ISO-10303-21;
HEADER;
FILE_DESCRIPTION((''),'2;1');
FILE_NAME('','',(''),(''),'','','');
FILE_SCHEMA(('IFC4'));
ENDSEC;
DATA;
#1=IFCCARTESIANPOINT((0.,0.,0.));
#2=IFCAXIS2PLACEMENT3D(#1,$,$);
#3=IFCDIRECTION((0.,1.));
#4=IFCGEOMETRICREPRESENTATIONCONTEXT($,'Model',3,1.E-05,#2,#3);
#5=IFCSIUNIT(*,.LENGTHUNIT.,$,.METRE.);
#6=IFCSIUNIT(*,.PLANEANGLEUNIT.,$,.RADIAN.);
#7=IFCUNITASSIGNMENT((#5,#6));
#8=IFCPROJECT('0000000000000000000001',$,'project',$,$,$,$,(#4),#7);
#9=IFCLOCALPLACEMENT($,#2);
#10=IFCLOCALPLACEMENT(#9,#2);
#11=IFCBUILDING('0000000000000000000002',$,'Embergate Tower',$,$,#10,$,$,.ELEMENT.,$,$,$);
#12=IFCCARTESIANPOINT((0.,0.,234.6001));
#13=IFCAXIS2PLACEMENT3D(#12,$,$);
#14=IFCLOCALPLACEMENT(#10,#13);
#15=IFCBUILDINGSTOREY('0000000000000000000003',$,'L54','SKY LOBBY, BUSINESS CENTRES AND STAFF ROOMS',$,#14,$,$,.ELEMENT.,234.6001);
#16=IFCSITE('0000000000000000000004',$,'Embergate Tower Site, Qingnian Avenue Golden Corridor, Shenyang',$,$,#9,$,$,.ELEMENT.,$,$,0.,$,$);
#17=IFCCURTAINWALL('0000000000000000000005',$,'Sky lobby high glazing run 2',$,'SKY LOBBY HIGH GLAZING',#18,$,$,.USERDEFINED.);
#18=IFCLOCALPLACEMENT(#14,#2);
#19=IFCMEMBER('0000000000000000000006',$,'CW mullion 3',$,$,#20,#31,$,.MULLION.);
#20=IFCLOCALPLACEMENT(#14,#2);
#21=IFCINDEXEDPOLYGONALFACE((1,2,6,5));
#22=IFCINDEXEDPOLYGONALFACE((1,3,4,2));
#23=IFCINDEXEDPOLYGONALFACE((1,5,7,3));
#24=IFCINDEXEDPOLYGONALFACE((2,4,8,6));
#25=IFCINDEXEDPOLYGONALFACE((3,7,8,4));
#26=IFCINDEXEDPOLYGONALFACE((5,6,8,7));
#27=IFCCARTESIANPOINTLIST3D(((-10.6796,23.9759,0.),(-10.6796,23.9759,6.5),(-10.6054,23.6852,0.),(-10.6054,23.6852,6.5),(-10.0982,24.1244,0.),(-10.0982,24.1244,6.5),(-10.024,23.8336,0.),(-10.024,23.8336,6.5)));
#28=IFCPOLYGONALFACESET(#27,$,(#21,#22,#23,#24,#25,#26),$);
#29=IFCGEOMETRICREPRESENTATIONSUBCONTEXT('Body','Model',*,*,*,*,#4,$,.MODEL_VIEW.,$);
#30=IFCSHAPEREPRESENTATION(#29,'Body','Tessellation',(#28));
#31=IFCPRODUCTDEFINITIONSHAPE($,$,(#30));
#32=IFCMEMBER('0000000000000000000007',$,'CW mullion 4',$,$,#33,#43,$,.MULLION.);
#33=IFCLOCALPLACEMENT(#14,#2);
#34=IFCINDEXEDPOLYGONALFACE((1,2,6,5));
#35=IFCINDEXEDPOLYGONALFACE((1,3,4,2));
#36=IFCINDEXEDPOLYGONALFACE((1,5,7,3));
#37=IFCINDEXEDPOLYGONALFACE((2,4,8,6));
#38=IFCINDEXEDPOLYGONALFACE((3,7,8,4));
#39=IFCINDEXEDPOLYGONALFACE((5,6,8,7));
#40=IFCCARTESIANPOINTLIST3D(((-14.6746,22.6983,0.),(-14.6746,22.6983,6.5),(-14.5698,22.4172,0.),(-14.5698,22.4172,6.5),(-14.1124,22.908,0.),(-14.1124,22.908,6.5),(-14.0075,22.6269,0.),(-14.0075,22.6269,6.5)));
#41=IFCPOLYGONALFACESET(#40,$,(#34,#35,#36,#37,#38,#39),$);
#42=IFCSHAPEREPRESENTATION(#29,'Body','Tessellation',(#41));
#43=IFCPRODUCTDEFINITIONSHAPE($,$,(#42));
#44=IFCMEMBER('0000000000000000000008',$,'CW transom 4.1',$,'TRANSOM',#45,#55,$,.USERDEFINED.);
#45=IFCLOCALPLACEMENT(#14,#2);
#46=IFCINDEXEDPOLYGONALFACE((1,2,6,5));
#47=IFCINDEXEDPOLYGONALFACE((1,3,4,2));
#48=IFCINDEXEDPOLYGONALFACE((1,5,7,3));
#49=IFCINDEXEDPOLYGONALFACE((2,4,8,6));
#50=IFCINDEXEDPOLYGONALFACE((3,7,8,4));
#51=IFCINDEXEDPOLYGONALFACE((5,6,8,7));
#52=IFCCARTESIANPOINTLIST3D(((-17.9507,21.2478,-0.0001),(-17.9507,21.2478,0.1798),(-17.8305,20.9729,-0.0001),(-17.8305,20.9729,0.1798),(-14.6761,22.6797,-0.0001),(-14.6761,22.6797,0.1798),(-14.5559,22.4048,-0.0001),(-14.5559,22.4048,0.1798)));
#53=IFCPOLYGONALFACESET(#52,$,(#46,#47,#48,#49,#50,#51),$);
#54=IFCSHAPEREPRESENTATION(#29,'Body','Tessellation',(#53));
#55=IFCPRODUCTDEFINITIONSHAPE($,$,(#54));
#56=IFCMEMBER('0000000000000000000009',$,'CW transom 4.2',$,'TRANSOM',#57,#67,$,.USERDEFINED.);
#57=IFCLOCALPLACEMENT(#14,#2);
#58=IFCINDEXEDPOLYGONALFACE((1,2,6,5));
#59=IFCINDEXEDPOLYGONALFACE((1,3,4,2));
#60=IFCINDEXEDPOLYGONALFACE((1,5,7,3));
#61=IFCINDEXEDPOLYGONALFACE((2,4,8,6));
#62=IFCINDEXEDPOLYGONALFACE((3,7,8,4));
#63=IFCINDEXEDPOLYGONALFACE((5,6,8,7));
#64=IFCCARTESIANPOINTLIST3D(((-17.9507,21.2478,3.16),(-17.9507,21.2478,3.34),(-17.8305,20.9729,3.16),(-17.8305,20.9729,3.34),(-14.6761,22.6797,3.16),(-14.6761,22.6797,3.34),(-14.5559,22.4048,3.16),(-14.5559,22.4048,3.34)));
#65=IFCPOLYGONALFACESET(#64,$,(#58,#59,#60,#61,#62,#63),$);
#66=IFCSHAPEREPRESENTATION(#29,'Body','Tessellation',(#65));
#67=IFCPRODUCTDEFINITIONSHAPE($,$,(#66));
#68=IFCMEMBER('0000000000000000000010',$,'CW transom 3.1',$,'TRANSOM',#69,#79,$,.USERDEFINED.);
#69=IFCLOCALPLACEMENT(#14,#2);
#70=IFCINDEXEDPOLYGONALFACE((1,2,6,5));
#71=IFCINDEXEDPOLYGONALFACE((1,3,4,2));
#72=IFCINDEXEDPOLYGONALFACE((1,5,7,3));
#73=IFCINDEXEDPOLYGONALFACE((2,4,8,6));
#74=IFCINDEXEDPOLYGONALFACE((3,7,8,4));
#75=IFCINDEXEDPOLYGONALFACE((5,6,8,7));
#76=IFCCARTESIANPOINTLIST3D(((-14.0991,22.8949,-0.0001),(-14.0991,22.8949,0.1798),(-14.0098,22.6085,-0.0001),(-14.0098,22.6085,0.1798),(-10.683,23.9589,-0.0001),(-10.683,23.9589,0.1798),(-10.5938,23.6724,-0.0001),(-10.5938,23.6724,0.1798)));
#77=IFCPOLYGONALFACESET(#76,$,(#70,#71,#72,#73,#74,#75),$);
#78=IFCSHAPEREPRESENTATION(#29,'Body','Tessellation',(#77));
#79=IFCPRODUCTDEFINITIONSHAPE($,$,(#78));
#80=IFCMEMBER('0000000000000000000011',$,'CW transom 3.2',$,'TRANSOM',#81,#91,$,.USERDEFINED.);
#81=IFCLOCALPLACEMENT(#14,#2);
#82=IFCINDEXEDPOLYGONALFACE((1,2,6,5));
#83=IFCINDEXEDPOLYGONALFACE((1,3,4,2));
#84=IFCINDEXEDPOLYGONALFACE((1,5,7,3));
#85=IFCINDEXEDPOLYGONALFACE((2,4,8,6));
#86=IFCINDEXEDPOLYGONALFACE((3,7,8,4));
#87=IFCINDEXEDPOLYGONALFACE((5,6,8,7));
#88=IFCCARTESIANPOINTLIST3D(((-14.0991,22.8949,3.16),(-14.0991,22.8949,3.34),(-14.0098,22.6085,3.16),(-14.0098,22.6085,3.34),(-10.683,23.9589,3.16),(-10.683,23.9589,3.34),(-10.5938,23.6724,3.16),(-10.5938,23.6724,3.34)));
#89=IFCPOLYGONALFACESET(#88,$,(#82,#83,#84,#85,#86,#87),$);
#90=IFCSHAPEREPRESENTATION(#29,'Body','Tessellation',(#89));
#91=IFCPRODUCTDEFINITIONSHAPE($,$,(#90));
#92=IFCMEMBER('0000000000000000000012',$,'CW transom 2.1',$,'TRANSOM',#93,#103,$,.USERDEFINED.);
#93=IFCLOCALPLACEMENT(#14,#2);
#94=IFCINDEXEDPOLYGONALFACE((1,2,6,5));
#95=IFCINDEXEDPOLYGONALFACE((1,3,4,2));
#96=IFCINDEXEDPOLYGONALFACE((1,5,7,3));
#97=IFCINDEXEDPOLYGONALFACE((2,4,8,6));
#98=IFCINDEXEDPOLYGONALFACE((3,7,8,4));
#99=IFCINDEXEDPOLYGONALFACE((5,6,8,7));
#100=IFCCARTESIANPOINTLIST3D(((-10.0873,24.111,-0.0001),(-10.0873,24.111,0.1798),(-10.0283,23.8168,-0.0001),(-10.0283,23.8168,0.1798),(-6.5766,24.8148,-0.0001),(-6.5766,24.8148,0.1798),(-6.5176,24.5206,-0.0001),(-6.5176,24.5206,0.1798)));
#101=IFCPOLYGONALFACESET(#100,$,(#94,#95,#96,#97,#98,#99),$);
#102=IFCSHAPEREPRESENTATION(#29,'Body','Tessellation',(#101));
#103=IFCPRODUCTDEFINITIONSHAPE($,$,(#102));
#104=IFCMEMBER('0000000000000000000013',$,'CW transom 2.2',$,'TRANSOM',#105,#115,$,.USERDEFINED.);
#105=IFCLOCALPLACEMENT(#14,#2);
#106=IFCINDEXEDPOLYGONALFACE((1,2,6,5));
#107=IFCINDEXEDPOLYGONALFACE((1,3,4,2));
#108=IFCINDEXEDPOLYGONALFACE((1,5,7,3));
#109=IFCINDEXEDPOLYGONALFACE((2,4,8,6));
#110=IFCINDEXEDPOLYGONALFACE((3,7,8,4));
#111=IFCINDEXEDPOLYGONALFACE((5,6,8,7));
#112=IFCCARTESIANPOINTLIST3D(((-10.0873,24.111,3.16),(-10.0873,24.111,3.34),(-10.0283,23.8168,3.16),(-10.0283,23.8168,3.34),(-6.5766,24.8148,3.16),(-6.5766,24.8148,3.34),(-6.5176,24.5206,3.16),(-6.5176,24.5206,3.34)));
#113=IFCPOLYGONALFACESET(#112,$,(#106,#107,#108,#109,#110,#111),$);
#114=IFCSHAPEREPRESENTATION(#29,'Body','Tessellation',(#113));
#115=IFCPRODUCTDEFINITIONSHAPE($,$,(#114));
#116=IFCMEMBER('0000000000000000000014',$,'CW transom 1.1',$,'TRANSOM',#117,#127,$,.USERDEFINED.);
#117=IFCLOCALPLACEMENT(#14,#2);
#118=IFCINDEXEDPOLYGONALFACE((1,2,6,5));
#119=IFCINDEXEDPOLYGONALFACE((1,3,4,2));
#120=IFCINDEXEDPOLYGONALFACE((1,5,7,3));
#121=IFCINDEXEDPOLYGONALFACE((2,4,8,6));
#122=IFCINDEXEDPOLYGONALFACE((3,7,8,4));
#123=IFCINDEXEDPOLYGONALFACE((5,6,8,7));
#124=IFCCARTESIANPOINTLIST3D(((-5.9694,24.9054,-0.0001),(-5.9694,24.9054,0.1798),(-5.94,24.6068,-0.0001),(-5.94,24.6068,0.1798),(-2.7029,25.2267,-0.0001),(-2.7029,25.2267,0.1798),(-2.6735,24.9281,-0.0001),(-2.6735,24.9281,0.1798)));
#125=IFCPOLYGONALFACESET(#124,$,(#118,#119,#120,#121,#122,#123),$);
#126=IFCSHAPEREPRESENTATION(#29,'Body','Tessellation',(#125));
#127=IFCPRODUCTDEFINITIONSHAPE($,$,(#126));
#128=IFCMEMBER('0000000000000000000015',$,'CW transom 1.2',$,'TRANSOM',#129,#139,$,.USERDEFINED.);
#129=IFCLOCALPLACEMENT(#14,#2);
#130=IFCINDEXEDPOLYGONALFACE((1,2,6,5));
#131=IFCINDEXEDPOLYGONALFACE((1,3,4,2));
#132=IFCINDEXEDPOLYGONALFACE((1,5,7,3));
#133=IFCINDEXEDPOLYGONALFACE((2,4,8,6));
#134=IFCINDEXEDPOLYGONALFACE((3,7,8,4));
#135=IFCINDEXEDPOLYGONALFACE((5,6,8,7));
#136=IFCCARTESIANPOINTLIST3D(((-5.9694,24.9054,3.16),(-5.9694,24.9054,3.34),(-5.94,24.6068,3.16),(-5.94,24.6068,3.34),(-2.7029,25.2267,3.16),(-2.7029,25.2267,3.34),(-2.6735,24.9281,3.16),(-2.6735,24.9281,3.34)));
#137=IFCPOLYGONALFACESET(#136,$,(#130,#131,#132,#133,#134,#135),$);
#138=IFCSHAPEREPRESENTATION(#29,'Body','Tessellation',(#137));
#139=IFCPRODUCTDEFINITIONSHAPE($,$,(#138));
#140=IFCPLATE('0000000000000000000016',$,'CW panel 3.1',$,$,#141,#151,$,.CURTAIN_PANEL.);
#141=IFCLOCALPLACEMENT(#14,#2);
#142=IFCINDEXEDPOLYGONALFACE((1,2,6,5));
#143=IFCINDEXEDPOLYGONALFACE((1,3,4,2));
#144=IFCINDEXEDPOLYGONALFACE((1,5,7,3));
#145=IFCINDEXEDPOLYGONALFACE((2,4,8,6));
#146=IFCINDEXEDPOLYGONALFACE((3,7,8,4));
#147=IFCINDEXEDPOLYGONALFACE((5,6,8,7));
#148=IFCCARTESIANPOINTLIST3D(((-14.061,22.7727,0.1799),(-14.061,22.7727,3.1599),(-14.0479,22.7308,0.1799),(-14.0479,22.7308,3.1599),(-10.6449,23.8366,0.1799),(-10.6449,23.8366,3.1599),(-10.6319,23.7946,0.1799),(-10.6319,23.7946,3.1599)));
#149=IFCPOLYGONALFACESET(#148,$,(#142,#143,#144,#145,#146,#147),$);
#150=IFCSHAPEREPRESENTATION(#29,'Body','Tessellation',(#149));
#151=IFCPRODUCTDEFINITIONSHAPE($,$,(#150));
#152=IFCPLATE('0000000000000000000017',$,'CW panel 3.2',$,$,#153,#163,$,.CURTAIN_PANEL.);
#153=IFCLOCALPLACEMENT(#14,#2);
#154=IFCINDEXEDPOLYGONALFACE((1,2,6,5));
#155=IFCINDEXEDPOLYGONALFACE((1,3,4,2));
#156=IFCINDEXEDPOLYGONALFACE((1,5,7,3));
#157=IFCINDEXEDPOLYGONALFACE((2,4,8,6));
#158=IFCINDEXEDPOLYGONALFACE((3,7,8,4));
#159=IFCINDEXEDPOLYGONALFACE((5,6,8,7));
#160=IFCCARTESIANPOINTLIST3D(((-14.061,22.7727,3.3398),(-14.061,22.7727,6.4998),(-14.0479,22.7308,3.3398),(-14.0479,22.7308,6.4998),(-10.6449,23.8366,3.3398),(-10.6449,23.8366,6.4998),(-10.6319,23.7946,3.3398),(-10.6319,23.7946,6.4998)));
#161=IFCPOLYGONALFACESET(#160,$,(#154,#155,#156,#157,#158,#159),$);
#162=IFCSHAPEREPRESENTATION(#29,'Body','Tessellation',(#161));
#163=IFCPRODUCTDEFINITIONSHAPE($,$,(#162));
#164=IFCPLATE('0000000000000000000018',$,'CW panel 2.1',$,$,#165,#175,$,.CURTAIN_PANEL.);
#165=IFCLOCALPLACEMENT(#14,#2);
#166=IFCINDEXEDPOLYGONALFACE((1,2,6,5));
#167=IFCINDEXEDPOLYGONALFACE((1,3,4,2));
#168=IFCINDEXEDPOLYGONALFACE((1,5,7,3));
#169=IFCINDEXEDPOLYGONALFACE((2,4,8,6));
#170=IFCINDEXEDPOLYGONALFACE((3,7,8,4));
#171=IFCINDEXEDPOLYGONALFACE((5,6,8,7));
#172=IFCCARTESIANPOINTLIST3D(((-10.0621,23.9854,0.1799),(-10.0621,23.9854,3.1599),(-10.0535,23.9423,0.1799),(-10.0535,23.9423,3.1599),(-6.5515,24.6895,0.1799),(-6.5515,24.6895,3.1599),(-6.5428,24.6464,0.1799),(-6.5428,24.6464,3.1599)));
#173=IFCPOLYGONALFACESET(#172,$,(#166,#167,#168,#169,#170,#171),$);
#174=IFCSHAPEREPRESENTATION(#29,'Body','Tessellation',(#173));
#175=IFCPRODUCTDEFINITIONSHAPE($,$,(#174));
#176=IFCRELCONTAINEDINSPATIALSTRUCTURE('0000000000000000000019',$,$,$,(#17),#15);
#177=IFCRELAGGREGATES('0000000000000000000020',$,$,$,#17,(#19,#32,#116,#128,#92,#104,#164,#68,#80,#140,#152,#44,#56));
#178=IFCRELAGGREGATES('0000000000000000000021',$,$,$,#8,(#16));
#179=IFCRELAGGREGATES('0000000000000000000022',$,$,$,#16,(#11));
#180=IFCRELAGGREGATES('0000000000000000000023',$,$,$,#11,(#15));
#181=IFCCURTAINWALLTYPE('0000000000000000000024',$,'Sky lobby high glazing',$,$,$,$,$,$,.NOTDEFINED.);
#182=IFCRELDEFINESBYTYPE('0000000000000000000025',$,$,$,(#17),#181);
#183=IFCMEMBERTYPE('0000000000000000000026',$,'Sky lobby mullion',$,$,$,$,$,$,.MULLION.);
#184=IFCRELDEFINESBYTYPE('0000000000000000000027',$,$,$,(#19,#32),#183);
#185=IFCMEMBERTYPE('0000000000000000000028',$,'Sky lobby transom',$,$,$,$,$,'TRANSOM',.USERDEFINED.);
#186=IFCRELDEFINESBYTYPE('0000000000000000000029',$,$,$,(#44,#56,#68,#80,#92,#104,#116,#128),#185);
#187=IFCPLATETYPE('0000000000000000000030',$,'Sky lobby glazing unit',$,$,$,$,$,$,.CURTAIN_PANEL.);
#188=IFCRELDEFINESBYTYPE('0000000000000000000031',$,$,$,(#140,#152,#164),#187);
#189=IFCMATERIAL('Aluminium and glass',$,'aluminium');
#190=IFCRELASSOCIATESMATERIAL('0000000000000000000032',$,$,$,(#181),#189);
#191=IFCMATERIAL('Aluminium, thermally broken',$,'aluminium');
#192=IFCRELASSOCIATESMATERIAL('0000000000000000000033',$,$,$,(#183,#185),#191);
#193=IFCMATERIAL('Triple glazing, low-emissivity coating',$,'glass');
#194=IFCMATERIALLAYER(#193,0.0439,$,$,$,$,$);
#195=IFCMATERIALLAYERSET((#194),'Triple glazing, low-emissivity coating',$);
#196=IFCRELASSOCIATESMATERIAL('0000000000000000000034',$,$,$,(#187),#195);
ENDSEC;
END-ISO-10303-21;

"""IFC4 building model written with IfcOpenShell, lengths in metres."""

from ifc_helpers import new_model, si_unit, direction, frame, origin, origin_2d, place, context, subcontext, project, spatial, rectangle, extrude, source, transform, mapped, material, layer, layer_set, material_profile, profile_set, type_object, element, aggregate, save


model = new_model("IFC4")

# Units and contexts
model_context = context("Model", 3, precision=1e-05, world=origin(), true_north=direction((0.0, 1.0)))
body_context = subcontext(model_context, "Body", "Model", "MODEL_VIEW")
ifc_project = project(units=[si_unit("LENGTHUNIT", "METRE"), si_unit("PLANEANGLEUNIT", "RADIAN")], contexts=[model_context])

# Site, building, storey
site_placement = place(None, origin())
site = spatial("IfcSite", under=ifc_project, at=site_placement, Name="Embergate Tower Site, Qingnian Avenue Golden Corridor, Shenyang", CompositionType="ELEMENT", RefElevation=0.0)
building_placement = place(site_placement, origin())
building = spatial("IfcBuilding", under=site, at=building_placement, Name="Embergate Tower", CompositionType="ELEMENT")
storey_placement = place(building_placement, frame((0.0, 0.0, 234.6001)))
storey = spatial("IfcBuildingStorey", under=building, at=storey_placement, Name="L54", Description="SKY LOBBY, BUSINESS CENTRES AND STAFF ROOMS", CompositionType="ELEMENT", Elevation=234.6001)

# Shared definitions
ifc_material_1 = material(Name="Aluminium and glass", Category="aluminium")
curtain_wall_type = type_object("IfcCurtainWallType", Name="Sky lobby high glazing", PredefinedType="NOTDEFINED", material=ifc_material_1)
ifc_material_2 = material(Name="Aluminium, thermally broken", Category="aluminium")
ifc_material_profile_1 = material_profile(ifc_material_2, rectangle(XDim=0.3, YDim=0.6001, at=origin_2d()), Name="AL 600x300")
ifc_profile_set_1 = profile_set([ifc_material_profile_1], Name="Aluminium, thermally broken")
member_type_1 = type_object("IfcMemberType", Name="Sky lobby mullion", PredefinedType="MULLION", material=ifc_profile_set_1)
shared_shape_1 = source(origin(), body_context, "Body", "SweptSolid", [
    extrude(rectangle(XDim=0.3, YDim=0.6001, at=origin_2d()), origin(), (0.0, 0.0, 1.0), 6.5),
])

# Curtain wall, members, plates
curtain_wall_1_placement = place(storey_placement, origin())
curtain_wall_1 = element("IfcCurtainWall", 1, at=curtain_wall_1_placement, inside=storey, type_object=curtain_wall_type, Name="Sky lobby high glazing run 2", ObjectType="SKY LOBBY HIGH GLAZING", PredefinedType="USERDEFINED")
member_1_placement = place(storey_placement, frame((-10.3518, 23.9048, 0.0), z_axis=(0.0, 0.0, 1.0), x_axis=(0.247308, -0.968937, 0.0)))
member_1 = element("IfcMember", 2, at=member_1_placement, type_object=member_type_1, Name="CW mullion 3", PredefinedType="MULLION", context=body_context, shape_type="MappedRepresentation", body=[
    mapped(shared_shape_1, transform((0.0, 0.0, 0.0))),
])
member_2_placement = place(storey_placement, frame((-14.3411, 22.6626, 0.0), z_axis=(0.0, 0.0, 1.0), x_axis=(0.349498, -0.936937, 0.0)))
member_2 = element("IfcMember", 3, at=member_2_placement, type_object=member_type_1, Name="CW mullion 4", PredefinedType="MULLION", context=body_context, shape_type="MappedRepresentation", body=[
    mapped(shared_shape_1, transform((0.0, 0.0, 0.0))),
])
ifc_material_profile_2 = material_profile(ifc_material_2, rectangle(XDim=0.3, YDim=0.1799, at=origin_2d()), Name="AL 180x300")
ifc_profile_set_2 = profile_set([ifc_material_profile_2], Name="Aluminium, thermally broken")
member_type_2 = type_object("IfcMemberType", Name="Sky lobby transom", ElementType="TRANSOM", PredefinedType="USERDEFINED", material=ifc_profile_set_2)
shared_shape_2 = source(origin(), body_context, "Body", "SweptSolid", [
    extrude(rectangle(XDim=0.3, YDim=0.1799, at=origin_2d()), origin(), (0.0, 0.0, 1.0), 3.574),
])
member_3_placement = place(storey_placement, frame((-14.616, 22.5422, 0.0898), z_axis=(-0.916237, -0.400636, 0.0), x_axis=(0.400636, -0.916237, 0.0)))
member_3 = element("IfcMember", 4, at=member_3_placement, type_object=member_type_2, Name="CW transom 4.1", ObjectType="TRANSOM", PredefinedType="USERDEFINED", context=body_context, shape_type="MappedRepresentation", body=[
    mapped(shared_shape_2, transform((0.0, 0.0, 0.0))),
])
member_4_placement = place(storey_placement, frame((-14.616, 22.5422, 3.25), z_axis=(-0.916237, -0.400636, 0.0), x_axis=(0.400636, -0.916237, 0.0)))
member_4 = element("IfcMember", 5, at=member_4_placement, type_object=member_type_2, Name="CW transom 4.2", ObjectType="TRANSOM", PredefinedType="USERDEFINED", context=body_context, shape_type="MappedRepresentation", body=[
    mapped(shared_shape_2, transform((0.0, 0.0, 0.0))),
])
shared_shape_3 = source(origin(), body_context, "Body", "SweptSolid", [
    extrude(rectangle(XDim=0.3, YDim=0.1799, at=origin_2d()), origin(), (0.0, 0.0, 1.0), 3.5779),
])
member_5_placement = place(storey_placement, frame((-10.6384, 23.8157, 0.0898), z_axis=(-0.954761, -0.297373, 0.0), x_axis=(0.297373, -0.954761, 0.0)))
member_5 = element("IfcMember", 6, at=member_5_placement, type_object=member_type_2, Name="CW transom 3.1", ObjectType="TRANSOM", PredefinedType="USERDEFINED", context=body_context, shape_type="MappedRepresentation", body=[
    mapped(shared_shape_3, transform((0.0, 0.0, 0.0))),
])
member_6_placement = place(storey_placement, frame((-10.6384, 23.8157, 3.25), z_axis=(-0.954761, -0.297373, 0.0), x_axis=(0.297373, -0.954761, 0.0)))
member_6 = element("IfcMember", 7, at=member_6_placement, type_object=member_type_2, Name="CW transom 3.2", ObjectType="TRANSOM", PredefinedType="USERDEFINED", context=body_context, shape_type="MappedRepresentation", body=[
    mapped(shared_shape_3, transform((0.0, 0.0, 0.0))),
])
shared_shape_4 = source(origin(), body_context, "Body", "SweptSolid", [
    extrude(rectangle(XDim=0.3, YDim=0.1799, at=origin_2d()), origin(), (0.0, 0.0, 1.0), 3.5806),
])
member_7_placement = place(storey_placement, frame((-6.5471, 24.6677, 0.0898), z_axis=(-0.980489, -0.196575, 0.0), x_axis=(0.196575, -0.980489, 0.0)))
member_7 = element("IfcMember", 8, at=member_7_placement, type_object=member_type_2, Name="CW transom 2.1", ObjectType="TRANSOM", PredefinedType="USERDEFINED", context=body_context, shape_type="MappedRepresentation", body=[
    mapped(shared_shape_4, transform((0.0, 0.0, 0.0))),
])
member_8_placement = place(storey_placement, frame((-6.5471, 24.6677, 3.25), z_axis=(-0.980489, -0.196575, 0.0), x_axis=(0.196575, -0.980489, 0.0)))
member_8 = element("IfcMember", 9, at=member_8_placement, type_object=member_type_2, Name="CW transom 2.2", ObjectType="TRANSOM", PredefinedType="USERDEFINED", context=body_context, shape_type="MappedRepresentation", body=[
    mapped(shared_shape_4, transform((0.0, 0.0, 0.0))),
])
shared_shape_5 = source(origin(), body_context, "Body", "SweptSolid", [
    extrude(rectangle(XDim=0.3, YDim=0.1799, at=origin_2d()), origin(), (0.0, 0.0, 1.0), 3.2822),
])
member_9_placement = place(storey_placement, frame((-2.6882, 25.0774, 0.0898), z_axis=(-0.995197, -0.097891, 0.0), x_axis=(0.097891, -0.995197, 0.0)))
member_9 = element("IfcMember", 10, at=member_9_placement, type_object=member_type_2, Name="CW transom 1.1", ObjectType="TRANSOM", PredefinedType="USERDEFINED", context=body_context, shape_type="MappedRepresentation", body=[
    mapped(shared_shape_5, transform((0.0, 0.0, 0.0))),
])
member_10_placement = place(storey_placement, frame((-2.6882, 25.0774, 3.25), z_axis=(-0.995197, -0.097891, 0.0), x_axis=(0.097891, -0.995197, 0.0)))
member_10 = element("IfcMember", 11, at=member_10_placement, type_object=member_type_2, Name="CW transom 1.2", ObjectType="TRANSOM", PredefinedType="USERDEFINED", context=body_context, shape_type="MappedRepresentation", body=[
    mapped(shared_shape_5, transform((0.0, 0.0, 0.0))),
])
ifc_material_3 = material(Name="Triple glazing, low-emissivity coating", Category="glass")
ifc_layer_1 = layer(ifc_material_3, 0.0439)
ifc_layer_set_1 = layer_set([ifc_layer_1], Name="Triple glazing, low-emissivity coating")
plate_type = type_object("IfcPlateType", Name="Sky lobby glazing unit", PredefinedType="CURTAIN_PANEL", material=ifc_layer_set_1)
shared_shape_6 = source(origin(), body_context, "Body", "SweptSolid", [
    extrude(rectangle(XDim=3.5779, YDim=0.0439, at=origin_2d()), origin(), (0.0, 0.0, 1.0), 2.98),
])
plate_1_placement = place(storey_placement, frame((-12.3464, 23.2837, 0.1799), z_axis=(0.0, 0.0, 1.0), x_axis=(-0.954772, -0.29734, 0.0)))
plate_1 = element("IfcPlate", 12, at=plate_1_placement, type_object=plate_type, Name="CW panel 3.1", PredefinedType="CURTAIN_PANEL", context=body_context, shape_type="MappedRepresentation", body=[
    mapped(shared_shape_6, transform((0.0, 0.0, 0.0))),
])
shared_shape_7 = source(origin(), body_context, "Body", "SweptSolid", [
    extrude(rectangle(XDim=3.5779, YDim=0.0439, at=origin_2d()), origin(), (0.0, 0.0, 1.0), 3.1599),
])
plate_2_placement = place(storey_placement, frame((-12.3464, 23.2837, 3.3398), z_axis=(0.0, 0.0, 1.0), x_axis=(-0.954772, -0.29734, 0.0)))
plate_2 = element("IfcPlate", 13, at=plate_2_placement, type_object=plate_type, Name="CW panel 3.2", PredefinedType="CURTAIN_PANEL", context=body_context, shape_type="MappedRepresentation", body=[
    mapped(shared_shape_7, transform((0.0, 0.0, 0.0))),
])
shared_shape_8 = source(origin(), body_context, "Body", "SweptSolid", [
    extrude(rectangle(XDim=3.5806, YDim=0.0439, at=origin_2d()), origin(), (0.0, 0.0, 1.0), 2.98),
])
plate_3_placement = place(storey_placement, frame((-8.3025, 24.3159, 0.1799), z_axis=(0.0, 0.0, 1.0), x_axis=(-0.980476, -0.196639, 0.0)))
plate_3 = element("IfcPlate", 14, at=plate_3_placement, type_object=plate_type, Name="CW panel 2.1", PredefinedType="CURTAIN_PANEL", context=body_context, shape_type="MappedRepresentation", body=[
    mapped(shared_shape_8, transform((0.0, 0.0, 0.0))),
])
aggregate(curtain_wall_1, [member_1, member_2, member_9, member_10, member_7, member_8, plate_3, member_5, member_6, plate_1, plate_2, member_3, member_4])

save(model, "model.ifc")
